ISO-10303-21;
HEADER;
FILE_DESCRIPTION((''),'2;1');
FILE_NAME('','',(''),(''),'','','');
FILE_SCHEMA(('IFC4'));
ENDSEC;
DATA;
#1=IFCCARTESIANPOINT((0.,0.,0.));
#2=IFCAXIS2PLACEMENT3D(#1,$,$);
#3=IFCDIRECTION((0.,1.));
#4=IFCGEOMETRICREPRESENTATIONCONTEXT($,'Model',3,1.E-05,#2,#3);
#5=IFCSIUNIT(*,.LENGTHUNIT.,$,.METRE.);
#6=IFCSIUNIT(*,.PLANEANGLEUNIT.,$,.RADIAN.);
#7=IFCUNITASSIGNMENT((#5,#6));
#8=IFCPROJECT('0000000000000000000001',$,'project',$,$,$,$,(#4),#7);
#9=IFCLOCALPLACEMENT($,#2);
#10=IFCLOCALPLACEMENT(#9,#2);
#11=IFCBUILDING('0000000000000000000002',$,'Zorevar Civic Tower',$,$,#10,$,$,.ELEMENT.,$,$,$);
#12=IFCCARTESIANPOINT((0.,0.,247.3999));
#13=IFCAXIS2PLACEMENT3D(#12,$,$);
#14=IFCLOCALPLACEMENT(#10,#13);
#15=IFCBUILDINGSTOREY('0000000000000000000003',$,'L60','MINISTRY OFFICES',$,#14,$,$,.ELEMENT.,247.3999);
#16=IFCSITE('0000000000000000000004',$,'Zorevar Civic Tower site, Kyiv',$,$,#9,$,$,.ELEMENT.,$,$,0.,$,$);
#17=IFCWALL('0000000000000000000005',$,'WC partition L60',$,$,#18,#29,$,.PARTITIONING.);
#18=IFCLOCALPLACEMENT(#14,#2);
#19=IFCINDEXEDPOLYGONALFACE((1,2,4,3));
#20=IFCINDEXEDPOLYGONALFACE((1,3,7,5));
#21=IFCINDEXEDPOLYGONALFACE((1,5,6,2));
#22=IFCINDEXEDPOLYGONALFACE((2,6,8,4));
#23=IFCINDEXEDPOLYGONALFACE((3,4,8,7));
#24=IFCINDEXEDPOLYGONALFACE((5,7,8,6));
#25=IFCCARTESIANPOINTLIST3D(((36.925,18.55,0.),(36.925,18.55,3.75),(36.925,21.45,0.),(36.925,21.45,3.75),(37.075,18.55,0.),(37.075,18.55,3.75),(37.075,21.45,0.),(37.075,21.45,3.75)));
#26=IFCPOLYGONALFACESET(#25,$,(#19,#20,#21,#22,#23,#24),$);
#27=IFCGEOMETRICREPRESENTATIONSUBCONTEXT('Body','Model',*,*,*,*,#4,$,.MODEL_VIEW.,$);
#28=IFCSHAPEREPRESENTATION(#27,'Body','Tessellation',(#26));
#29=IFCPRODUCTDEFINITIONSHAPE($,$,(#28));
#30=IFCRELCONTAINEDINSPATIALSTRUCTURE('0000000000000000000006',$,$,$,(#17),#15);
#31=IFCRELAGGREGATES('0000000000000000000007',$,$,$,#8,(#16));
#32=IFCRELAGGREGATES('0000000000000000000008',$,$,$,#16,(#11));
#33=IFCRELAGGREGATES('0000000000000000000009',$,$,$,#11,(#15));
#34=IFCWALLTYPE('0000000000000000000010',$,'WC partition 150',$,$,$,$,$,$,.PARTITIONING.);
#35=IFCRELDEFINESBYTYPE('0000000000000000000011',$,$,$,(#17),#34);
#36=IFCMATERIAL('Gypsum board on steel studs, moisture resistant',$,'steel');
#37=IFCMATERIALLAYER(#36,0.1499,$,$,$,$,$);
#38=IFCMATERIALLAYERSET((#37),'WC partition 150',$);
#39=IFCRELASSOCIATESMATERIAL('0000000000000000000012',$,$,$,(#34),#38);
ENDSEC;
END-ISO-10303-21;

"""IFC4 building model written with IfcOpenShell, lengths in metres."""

from ifc_helpers import new_model, si_unit, direction, frame, frame_2d, origin, place, context, subcontext, project, spatial, rectangle, extrude, material, layer, layer_set, type_object, element, save


model = new_model("IFC4")

# Units and contexts
model_context = context("Model", 3, precision=1e-05, world=origin(), true_north=direction((0.0, 1.0)))
body_context = subcontext(model_context, "Body", "Model", "MODEL_VIEW")
ifc_project = project(units=[si_unit("LENGTHUNIT", "METRE"), si_unit("PLANEANGLEUNIT", "RADIAN")], contexts=[model_context])

# Site, building, storey
site_placement = place(None, origin())
site = spatial("IfcSite", under=ifc_project, at=site_placement, Name="Zorevar Civic Tower site, Kyiv", CompositionType="ELEMENT", RefElevation=0.0)
building_placement = place(site_placement, origin())
building = spatial("IfcBuilding", under=site, at=building_placement, Name="Zorevar Civic Tower", CompositionType="ELEMENT")
storey_placement = place(building_placement, frame((0.0, 0.0, 247.3999)))
storey = spatial("IfcBuildingStorey", under=building, at=storey_placement, Name="L60", Description="MINISTRY OFFICES", CompositionType="ELEMENT", Elevation=247.3999)

# Wall
ifc_material_1 = material(Name="Gypsum board on steel studs, moisture resistant", Category="steel")
ifc_layer_1 = layer(ifc_material_1, 0.1499)
ifc_layer_set_1 = layer_set([ifc_layer_1], Name="WC partition 150")
wall_type_1 = type_object("IfcWallType", Name="WC partition 150", PredefinedType="PARTITIONING", material=ifc_layer_set_1)
for number, where, z_axis, x_axis, name in (
    (1, (37.0, 18.55, 0.0), (0.0, 0.0, 1.0), (0.0, 1.0, 0.0), "WC partition L60"),
):
    element("IfcWall", number, at=place(storey_placement, frame(where, z_axis=z_axis, x_axis=x_axis)), inside=storey, type_object=wall_type_1, Name=name, PredefinedType="PARTITIONING", context=body_context, shape_type="SweptSolid", body=[
        extrude(rectangle(XDim=2.8999, YDim=0.1499, at=frame_2d((1.45, 0.0))), origin(), (0.0, 0.0, 1.0), 3.75),
    ])

save(model, "model.ifc")
